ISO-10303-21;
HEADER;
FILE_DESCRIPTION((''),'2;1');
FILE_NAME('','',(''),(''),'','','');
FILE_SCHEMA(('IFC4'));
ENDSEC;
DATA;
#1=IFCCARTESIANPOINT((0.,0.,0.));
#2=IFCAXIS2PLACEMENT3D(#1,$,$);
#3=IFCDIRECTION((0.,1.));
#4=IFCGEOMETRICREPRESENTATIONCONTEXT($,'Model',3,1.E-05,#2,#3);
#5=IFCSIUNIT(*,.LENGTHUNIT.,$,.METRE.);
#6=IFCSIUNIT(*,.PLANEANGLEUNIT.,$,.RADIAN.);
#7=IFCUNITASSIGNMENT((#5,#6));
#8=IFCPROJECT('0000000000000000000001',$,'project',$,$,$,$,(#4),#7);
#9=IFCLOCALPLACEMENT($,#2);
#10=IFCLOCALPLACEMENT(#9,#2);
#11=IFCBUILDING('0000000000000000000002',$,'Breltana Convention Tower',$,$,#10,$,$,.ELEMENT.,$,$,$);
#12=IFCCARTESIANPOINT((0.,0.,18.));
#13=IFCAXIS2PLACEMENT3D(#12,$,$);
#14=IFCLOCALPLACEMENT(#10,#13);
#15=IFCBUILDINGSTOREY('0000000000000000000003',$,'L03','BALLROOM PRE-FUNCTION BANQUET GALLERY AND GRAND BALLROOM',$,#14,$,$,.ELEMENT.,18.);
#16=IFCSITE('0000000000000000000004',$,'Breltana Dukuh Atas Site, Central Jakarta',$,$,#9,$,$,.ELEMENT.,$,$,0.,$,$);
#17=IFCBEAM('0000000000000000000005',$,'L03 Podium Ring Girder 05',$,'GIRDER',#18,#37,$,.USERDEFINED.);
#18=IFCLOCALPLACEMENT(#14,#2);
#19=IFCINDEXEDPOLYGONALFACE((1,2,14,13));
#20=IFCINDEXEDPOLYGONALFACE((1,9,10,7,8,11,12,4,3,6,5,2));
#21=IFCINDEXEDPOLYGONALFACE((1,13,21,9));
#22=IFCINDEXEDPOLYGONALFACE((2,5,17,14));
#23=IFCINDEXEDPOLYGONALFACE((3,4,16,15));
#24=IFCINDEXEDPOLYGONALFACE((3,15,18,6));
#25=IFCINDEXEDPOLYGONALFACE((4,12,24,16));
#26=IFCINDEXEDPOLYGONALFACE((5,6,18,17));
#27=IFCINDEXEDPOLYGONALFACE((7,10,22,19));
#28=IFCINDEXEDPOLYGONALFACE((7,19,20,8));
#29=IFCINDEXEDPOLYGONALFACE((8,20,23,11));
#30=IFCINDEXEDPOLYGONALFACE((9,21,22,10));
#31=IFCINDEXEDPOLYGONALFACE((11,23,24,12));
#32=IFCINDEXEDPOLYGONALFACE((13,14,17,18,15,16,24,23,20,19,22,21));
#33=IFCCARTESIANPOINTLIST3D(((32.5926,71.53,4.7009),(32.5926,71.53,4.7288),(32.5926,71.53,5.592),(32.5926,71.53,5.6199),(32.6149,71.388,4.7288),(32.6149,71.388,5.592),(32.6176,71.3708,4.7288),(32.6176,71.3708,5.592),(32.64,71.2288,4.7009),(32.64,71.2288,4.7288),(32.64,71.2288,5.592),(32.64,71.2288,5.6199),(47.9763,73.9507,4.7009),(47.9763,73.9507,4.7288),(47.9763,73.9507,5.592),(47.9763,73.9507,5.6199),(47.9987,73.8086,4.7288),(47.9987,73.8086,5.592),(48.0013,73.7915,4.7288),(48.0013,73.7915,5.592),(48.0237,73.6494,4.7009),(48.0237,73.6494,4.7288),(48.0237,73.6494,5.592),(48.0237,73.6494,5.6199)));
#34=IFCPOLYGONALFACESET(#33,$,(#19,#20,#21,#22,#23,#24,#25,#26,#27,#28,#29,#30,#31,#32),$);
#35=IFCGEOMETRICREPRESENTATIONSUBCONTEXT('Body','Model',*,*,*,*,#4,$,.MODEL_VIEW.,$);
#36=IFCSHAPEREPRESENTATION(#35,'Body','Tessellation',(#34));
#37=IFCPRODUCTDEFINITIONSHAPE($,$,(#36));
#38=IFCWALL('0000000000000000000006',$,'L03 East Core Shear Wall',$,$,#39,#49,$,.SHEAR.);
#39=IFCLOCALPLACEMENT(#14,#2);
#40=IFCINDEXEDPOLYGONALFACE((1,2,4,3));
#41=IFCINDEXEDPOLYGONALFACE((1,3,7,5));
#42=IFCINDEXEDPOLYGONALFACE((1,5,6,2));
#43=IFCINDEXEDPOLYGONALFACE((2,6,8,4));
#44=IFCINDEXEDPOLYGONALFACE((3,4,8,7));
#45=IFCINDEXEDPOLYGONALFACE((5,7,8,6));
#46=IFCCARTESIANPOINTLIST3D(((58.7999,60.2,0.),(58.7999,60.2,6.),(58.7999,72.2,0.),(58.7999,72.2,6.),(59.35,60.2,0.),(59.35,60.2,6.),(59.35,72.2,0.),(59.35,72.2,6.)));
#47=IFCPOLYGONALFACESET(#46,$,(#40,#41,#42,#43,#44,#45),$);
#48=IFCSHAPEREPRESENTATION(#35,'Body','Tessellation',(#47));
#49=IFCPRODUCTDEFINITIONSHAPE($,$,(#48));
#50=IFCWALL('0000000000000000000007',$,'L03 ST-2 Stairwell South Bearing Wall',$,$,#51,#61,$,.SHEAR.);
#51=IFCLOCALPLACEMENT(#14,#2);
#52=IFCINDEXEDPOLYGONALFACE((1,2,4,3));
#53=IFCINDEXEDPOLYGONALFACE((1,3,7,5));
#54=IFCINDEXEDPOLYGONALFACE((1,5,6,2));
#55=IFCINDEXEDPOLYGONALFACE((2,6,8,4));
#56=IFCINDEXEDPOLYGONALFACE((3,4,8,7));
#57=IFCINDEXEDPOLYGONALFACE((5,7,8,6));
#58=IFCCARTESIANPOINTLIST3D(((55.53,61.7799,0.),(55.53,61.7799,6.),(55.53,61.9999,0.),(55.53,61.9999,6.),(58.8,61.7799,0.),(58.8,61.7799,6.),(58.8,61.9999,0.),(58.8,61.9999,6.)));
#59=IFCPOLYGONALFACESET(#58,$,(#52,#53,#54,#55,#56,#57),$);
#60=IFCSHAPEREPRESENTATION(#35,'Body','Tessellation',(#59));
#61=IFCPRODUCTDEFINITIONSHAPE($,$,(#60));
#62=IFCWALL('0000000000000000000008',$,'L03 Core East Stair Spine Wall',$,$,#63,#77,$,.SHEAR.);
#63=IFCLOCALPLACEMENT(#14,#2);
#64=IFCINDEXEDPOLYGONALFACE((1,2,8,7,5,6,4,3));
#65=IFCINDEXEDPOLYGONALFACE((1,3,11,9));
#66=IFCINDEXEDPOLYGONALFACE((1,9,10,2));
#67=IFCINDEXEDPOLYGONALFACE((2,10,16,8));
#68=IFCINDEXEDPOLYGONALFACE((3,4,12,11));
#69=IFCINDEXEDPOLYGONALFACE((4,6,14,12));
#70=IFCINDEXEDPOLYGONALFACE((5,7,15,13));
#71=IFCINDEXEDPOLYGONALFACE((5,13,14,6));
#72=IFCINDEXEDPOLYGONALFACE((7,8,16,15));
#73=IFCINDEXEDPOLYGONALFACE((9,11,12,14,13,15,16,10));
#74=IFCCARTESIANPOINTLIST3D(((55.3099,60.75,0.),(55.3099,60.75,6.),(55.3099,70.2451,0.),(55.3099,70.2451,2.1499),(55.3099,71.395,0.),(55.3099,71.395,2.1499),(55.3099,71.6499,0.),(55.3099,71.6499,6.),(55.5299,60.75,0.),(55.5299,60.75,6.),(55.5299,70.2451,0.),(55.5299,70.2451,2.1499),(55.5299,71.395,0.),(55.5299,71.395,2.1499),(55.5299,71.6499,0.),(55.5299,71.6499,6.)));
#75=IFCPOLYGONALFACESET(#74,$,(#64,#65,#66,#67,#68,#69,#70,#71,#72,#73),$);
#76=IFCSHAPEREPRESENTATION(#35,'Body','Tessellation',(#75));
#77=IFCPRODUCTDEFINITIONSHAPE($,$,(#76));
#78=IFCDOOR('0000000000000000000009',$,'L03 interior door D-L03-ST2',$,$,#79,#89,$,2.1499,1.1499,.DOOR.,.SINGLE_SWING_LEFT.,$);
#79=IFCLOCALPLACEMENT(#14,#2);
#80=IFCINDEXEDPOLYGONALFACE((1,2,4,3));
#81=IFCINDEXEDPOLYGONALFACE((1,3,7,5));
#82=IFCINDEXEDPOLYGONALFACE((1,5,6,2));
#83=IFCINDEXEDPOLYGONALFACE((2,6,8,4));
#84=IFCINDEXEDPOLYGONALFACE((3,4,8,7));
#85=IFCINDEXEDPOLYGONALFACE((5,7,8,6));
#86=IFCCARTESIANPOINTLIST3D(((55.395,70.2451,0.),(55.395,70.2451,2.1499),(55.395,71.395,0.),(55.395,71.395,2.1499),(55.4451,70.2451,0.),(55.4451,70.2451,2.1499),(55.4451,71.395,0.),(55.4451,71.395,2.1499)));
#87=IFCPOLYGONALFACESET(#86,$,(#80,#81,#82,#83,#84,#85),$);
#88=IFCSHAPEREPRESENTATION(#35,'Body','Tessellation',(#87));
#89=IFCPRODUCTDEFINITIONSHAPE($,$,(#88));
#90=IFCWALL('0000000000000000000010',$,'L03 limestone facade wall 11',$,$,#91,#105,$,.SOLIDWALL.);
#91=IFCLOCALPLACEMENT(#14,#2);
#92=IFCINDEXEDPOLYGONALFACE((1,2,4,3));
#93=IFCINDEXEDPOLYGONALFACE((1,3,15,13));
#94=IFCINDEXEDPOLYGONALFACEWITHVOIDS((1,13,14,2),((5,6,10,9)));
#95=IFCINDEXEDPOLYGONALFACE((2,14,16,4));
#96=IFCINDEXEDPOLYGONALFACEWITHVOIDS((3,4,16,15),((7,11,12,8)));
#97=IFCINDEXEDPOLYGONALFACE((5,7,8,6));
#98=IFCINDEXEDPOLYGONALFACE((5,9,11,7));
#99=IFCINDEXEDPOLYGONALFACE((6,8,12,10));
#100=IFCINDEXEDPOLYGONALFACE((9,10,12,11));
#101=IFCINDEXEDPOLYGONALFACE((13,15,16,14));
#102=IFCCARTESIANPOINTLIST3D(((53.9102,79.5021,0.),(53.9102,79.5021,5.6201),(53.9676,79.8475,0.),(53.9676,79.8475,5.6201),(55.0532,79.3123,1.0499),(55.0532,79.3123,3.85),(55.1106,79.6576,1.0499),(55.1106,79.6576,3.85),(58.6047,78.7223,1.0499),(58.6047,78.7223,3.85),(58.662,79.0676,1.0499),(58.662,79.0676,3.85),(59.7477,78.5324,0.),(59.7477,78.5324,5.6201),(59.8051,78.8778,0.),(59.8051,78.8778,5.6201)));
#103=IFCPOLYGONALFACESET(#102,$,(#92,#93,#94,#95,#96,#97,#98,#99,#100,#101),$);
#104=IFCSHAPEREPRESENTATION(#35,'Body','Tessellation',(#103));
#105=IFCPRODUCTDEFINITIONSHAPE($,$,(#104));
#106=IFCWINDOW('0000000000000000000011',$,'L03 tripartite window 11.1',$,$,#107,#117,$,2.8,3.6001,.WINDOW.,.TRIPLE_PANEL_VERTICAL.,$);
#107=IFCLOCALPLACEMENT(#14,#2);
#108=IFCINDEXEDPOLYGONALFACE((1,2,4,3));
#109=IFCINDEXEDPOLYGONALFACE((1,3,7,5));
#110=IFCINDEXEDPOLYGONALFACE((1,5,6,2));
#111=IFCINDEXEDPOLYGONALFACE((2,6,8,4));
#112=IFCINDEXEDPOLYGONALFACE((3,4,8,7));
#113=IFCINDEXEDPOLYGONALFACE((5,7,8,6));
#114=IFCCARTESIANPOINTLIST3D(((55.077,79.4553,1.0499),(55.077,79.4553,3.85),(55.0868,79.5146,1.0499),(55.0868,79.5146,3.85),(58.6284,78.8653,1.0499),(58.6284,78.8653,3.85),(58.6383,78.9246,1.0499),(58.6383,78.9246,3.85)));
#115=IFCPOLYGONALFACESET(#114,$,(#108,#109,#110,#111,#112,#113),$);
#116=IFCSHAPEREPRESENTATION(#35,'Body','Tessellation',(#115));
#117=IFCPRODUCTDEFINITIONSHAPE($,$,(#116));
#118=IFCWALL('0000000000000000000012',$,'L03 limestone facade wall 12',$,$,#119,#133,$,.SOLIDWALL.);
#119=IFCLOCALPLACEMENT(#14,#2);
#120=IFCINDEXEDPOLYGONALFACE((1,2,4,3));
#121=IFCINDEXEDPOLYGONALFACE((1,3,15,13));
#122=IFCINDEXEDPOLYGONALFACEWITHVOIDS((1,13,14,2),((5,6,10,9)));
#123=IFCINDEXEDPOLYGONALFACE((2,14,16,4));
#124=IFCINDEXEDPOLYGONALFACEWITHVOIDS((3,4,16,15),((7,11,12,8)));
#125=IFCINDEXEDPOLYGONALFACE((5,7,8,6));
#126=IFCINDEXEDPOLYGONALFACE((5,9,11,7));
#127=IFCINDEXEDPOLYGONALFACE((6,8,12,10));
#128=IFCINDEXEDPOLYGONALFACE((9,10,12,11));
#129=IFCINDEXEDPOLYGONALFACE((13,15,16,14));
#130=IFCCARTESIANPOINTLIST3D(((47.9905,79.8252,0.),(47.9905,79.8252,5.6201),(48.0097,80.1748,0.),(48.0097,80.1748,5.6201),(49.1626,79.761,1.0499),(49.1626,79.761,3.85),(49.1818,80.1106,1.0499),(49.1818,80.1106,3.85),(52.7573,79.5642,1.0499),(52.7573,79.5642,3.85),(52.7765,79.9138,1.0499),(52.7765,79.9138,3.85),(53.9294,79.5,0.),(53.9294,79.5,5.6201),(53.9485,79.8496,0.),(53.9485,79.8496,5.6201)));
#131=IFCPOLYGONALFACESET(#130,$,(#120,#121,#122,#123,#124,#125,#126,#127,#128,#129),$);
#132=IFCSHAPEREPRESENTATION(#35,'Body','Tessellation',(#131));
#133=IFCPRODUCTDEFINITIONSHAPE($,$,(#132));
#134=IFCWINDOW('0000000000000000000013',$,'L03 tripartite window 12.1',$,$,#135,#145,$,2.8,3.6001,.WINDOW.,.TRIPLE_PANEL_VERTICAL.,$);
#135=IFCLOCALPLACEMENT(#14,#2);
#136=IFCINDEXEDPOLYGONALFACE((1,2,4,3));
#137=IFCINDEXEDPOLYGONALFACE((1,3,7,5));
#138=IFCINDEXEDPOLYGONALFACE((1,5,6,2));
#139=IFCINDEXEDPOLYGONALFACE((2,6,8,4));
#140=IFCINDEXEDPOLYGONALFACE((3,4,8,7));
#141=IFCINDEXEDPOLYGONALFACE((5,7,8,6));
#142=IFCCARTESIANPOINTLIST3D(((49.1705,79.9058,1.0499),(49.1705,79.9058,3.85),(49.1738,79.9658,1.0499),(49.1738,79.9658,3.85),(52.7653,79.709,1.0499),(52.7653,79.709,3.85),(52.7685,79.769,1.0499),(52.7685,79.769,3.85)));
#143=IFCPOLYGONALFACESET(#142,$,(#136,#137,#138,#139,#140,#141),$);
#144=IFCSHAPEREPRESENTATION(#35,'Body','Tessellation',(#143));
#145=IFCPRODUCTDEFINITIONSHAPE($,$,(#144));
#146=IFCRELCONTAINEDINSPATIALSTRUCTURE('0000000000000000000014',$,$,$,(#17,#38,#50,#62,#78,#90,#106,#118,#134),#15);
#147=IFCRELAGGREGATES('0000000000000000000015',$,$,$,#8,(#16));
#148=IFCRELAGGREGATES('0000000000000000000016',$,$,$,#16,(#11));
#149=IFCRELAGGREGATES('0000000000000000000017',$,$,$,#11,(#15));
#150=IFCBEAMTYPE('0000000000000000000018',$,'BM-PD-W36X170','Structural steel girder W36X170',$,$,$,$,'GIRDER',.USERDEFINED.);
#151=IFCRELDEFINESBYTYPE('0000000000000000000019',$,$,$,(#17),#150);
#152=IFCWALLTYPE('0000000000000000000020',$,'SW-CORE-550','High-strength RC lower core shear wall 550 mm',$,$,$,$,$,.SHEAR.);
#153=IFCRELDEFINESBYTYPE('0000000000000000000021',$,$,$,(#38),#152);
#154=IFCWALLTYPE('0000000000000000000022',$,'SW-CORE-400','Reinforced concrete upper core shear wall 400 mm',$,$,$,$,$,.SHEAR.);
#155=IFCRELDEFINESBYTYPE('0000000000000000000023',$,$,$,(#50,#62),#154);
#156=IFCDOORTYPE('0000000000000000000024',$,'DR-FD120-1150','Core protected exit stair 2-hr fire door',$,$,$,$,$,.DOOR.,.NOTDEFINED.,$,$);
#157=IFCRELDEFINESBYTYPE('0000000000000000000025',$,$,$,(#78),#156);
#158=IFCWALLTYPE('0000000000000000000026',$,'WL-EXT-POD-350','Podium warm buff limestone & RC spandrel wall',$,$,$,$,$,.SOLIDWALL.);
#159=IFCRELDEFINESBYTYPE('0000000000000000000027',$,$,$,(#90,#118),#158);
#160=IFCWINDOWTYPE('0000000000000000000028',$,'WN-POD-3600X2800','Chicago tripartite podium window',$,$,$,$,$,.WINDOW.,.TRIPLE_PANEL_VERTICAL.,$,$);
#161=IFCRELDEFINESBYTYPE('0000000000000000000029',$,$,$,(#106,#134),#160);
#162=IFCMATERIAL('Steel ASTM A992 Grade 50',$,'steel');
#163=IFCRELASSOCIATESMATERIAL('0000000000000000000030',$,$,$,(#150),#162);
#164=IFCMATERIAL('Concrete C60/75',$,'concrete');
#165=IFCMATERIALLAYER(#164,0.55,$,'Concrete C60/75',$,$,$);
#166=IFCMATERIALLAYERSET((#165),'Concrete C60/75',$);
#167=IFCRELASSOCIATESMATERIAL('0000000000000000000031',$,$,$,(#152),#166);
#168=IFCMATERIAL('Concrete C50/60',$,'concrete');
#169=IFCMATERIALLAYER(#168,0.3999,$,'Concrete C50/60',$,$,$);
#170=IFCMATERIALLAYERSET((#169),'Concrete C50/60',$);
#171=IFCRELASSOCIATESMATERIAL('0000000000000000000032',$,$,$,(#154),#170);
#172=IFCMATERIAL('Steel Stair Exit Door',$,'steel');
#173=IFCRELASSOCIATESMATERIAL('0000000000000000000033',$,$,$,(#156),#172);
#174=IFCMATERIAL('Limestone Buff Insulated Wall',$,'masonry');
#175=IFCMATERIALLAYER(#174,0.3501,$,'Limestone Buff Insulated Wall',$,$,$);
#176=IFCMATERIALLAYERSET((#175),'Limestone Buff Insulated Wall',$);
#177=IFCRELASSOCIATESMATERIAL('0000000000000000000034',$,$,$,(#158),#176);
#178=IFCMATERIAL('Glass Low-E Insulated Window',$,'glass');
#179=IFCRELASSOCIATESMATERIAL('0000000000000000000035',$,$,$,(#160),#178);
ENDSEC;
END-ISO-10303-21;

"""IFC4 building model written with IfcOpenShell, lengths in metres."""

from ifc_helpers import new_model, si_unit, direction, frame, frame_2d, origin, origin_2d, place, context, subcontext, project, spatial, rectangle, i_section, extrude, source, transform, mapped, material, layer, layer_set, material_profile, profile_set, type_object, type_shapes, element, fill, save


model = new_model("IFC4")

# Units and contexts
model_context = context("Model", 3, precision=1e-05, world=origin(), true_north=direction((0.0, 1.0)))
body_context = subcontext(model_context, "Body", "Model", "MODEL_VIEW")
ifc_project = project(units=[si_unit("LENGTHUNIT", "METRE"), si_unit("PLANEANGLEUNIT", "RADIAN")], contexts=[model_context])

# Site, building, storey
site_placement = place(None, origin())
site = spatial("IfcSite", under=ifc_project, at=site_placement, Name="Breltana Dukuh Atas Site, Central Jakarta", CompositionType="ELEMENT", RefElevation=0.0)
building_placement = place(site_placement, origin())
building = spatial("IfcBuilding", under=site, at=building_placement, Name="Breltana Convention Tower", CompositionType="ELEMENT")
storey_placement = place(building_placement, frame((0.0, 0.0, 18.0)))
storey = spatial("IfcBuildingStorey", under=building, at=storey_placement, Name="L03", Description="BALLROOM PRE-FUNCTION BANQUET GALLERY AND GRAND BALLROOM", CompositionType="ELEMENT", Elevation=18.0)

# Beam
ifc_material_1 = material(Name="Steel ASTM A992 Grade 50", Category="steel")
ifc_material_profile = material_profile(ifc_material_1, i_section(OverallWidth=0.3049, OverallDepth=0.9189, WebThickness=0.0173, FlangeThickness=0.0278, at=origin_2d()), Name="W36X170")
ifc_profile_set = profile_set([ifc_material_profile], Name="Steel ASTM A992 Grade 50")
beam_type = type_object("IfcBeamType", Name="BM-PD-W36X170", Description="Structural steel girder W36X170", ElementType="GIRDER", PredefinedType="USERDEFINED", material=ifc_profile_set)
shared_shape_1 = source(origin(), body_context, "Body", "SweptSolid", [
    extrude(i_section(OverallWidth=0.3049, OverallDepth=0.9189, WebThickness=0.0173, FlangeThickness=0.0278, at=origin_2d()), origin(), (0.0, 0.0, 1.0), 15.573),
])
beam_placement = place(storey_placement, frame((48.0, 73.8, 5.1604), z_axis=(-0.987846, -0.155438, 0.0), x_axis=(0.155438, -0.987846, 0.0)))
element("IfcBeam", 1, at=beam_placement, inside=storey, type_object=beam_type, Name="L03 Podium Ring Girder 05", ObjectType="GIRDER", PredefinedType="USERDEFINED", context=body_context, shape_type="MappedRepresentation", body=[
    mapped(shared_shape_1, transform((0.0, 0.0, 0.0), scale=1.0)),
])

# Walls
ifc_material_2 = material(Name="Concrete C60/75", Category="concrete")
ifc_layer_1 = layer(ifc_material_2, 0.55, Name="Concrete C60/75")
ifc_layer_set_1 = layer_set([ifc_layer_1], Name="Concrete C60/75")
wall_type_1 = type_object("IfcWallType", Name="SW-CORE-550", Description="High-strength RC lower core shear wall 550 mm", PredefinedType="SHEAR", material=ifc_layer_set_1)
shared_shape_2 = source(origin(), body_context, "Body", "SweptSolid", [
    extrude(rectangle(XDim=12.0, YDim=0.55, at=frame_2d((6.0, 0.0))), origin(), (0.0, 0.0, 1.0), 6.0),
])
wall_1_placement = place(storey_placement, frame((59.075, 60.2, 0.0), z_axis=(0.0, 0.0, 1.0), x_axis=(0.0, 1.0, 0.0)))
element("IfcWall", 2, at=wall_1_placement, inside=storey, type_object=wall_type_1, Name="L03 East Core Shear Wall", PredefinedType="SHEAR", context=body_context, shape_type="MappedRepresentation", body=[
    mapped(shared_shape_2, transform((0.0, 0.0, 0.0), scale=1.0)),
])
ifc_material_3 = material(Name="Concrete C50/60", Category="concrete")
ifc_layer_2 = layer(ifc_material_3, 0.3999, Name="Concrete C50/60")
ifc_layer_set_2 = layer_set([ifc_layer_2], Name="Concrete C50/60")
wall_type_2 = type_object("IfcWallType", Name="SW-CORE-400", Description="Reinforced concrete upper core shear wall 400 mm", PredefinedType="SHEAR", material=ifc_layer_set_2)
shared_shape_3 = source(origin(), body_context, "Body", "SweptSolid", [
    extrude(rectangle(XDim=3.27, YDim=0.22, at=frame_2d((1.635, 0.0))), origin(), (0.0, 0.0, 1.0), 6.0),
])
wall_2_placement = place(storey_placement, frame((55.53, 61.8899, 0.0), z_axis=(0.0, 0.0, 1.0), x_axis=(1.0, 0.0, 0.0)))
element("IfcWall", 3, at=wall_2_placement, inside=storey, type_object=wall_type_2, Name="L03 ST-2 Stairwell South Bearing Wall", PredefinedType="SHEAR", context=body_context, shape_type="MappedRepresentation", body=[
    mapped(shared_shape_3, transform((0.0, 0.0, 0.0), scale=1.0)),
])

# Wall, opening, door
shared_shape_4 = source(origin(), body_context, "Body", "SweptSolid", [
    extrude(rectangle(XDim=10.8999, YDim=0.22, at=frame_2d((5.45, 0.0))), origin(), (0.0, 0.0, 1.0), 6.0),
])
wall_3_placement = place(storey_placement, frame((55.4199, 60.75, 0.0), z_axis=(0.0, 0.0, 1.0), x_axis=(0.0, 1.0, 0.0)))
wall_3 = element("IfcWall", 4, at=wall_3_placement, inside=storey, type_object=wall_type_2, Name="L03 Core East Stair Spine Wall", PredefinedType="SHEAR", context=body_context, shape_type="MappedRepresentation", body=[
    mapped(shared_shape_4, transform((0.0, 0.0, 0.0), scale=1.0)),
])
opening_1_placement = place(wall_3_placement, frame((9.4951, 0.0, 0.0)))
opening_1 = element("IfcOpeningElement", 5, at=opening_1_placement, cuts=wall_3, PredefinedType="OPENING", context=body_context, shape_type="SweptSolid", body=[
    extrude(rectangle(XDim=1.1499, YDim=2.1499, at=frame_2d((0.575, 1.075))), frame((0.0, 0.1201, 0.0), z_axis=(0.0, -1.0, 0.0), x_axis=(1.0, 0.0, 0.0)), (0.0, 0.0, 1.0), 0.24),
])
ifc_material_4 = material(Name="Steel Stair Exit Door", Category="steel")
door_type_1 = type_object("IfcDoorType", Name="DR-FD120-1150", Description="Core protected exit stair 2-hr fire door", OperationType="NOTDEFINED", PredefinedType="DOOR", material=ifc_material_4)
shared_shape_5 = source(origin(), body_context, "Body", "SweptSolid", [
    extrude(rectangle(XDim=1.1499, YDim=2.1499, at=frame_2d((0.575, 1.075))), frame((0.0, 0.0249, 0.0), z_axis=(0.0, -1.0, 0.0), x_axis=(1.0, 0.0, 0.0)), (0.0, 0.0, 1.0), 0.05),
])
type_shapes(door_type_1, [shared_shape_5])
door_1_placement = place(opening_1_placement, origin())
door_1 = element("IfcDoor", 6, at=door_1_placement, inside=storey, type_object=door_type_1, Name="L03 interior door D-L03-ST2", OperationType="SINGLE_SWING_LEFT", OverallHeight=2.1499, OverallWidth=1.1499, PredefinedType="DOOR", context=body_context, shape_type="MappedRepresentation", body=[
    mapped(shared_shape_5, transform((0.0, 0.0, 0.0), scale=1.0)),
])
fill(opening_1, door_1)

# Walls, openings, windows
ifc_material_5 = material(Name="Limestone Buff Insulated Wall", Category="masonry")
ifc_layer_3 = layer(ifc_material_5, 0.3501, Name="Limestone Buff Insulated Wall")
ifc_layer_set_3 = layer_set([ifc_layer_3], Name="Limestone Buff Insulated Wall")
wall_type_3 = type_object("IfcWallType", Name="WL-EXT-POD-350", Description="Podium warm buff limestone & RC spandrel wall", PredefinedType="SOLIDWALL", material=ifc_layer_set_3)
shared_shape_6 = source(origin(), body_context, "Body", "SweptSolid", [
    extrude(rectangle(XDim=5.9175, YDim=0.3501, at=frame_2d((2.9587, 0.0))), origin(), (0.0, 0.0, 1.0), 5.6201),
])
wall_4_placement = place(storey_placement, frame((59.7764, 78.7051, 0.0), z_axis=(0.0, 0.0, 1.0), x_axis=(-0.986481, 0.163877, 0.0)))
wall_4 = element("IfcWall", 7, at=wall_4_placement, inside=storey, type_object=wall_type_3, Name="L03 limestone facade wall 11", PredefinedType="SOLIDWALL", context=body_context, shape_type="MappedRepresentation", body=[
    mapped(shared_shape_6, transform((0.0, 0.0, 0.0), scale=1.0)),
])
opening_2_placement = place(wall_4_placement, frame((1.1587, 0.0, 1.05)))
opening_2 = element("IfcOpeningElement", 8, at=opening_2_placement, cuts=wall_4, PredefinedType="OPENING", context=body_context, shape_type="SweptSolid", body=[
    extrude(rectangle(XDim=3.6001, YDim=2.8, at=frame_2d((1.8, 1.3999))), frame((0.0, 0.1851, 0.0), z_axis=(0.0, -1.0, 0.0), x_axis=(1.0, 0.0, 0.0)), (0.0, 0.0, 1.0), 0.3701),
])
ifc_material_6 = material(Name="Glass Low-E Insulated Window", Category="glass")
window_type = type_object("IfcWindowType", Name="WN-POD-3600X2800", Description="Chicago tripartite podium window", PartitioningType="TRIPLE_PANEL_VERTICAL", PredefinedType="WINDOW", material=ifc_material_6)
shared_shape_7 = source(origin(), body_context, "Body", "SweptSolid", [
    extrude(rectangle(XDim=3.6001, YDim=2.8, at=frame_2d((1.8, 1.3999))), frame((0.0, 0.03, 0.0), z_axis=(0.0, -1.0, 0.0), x_axis=(1.0, 0.0, 0.0)), (0.0, 0.0, 1.0), 0.0601),
])
type_shapes(window_type, [shared_shape_7])
window_1_placement = place(opening_2_placement, origin())
window_1 = element("IfcWindow", 9, at=window_1_placement, inside=storey, type_object=window_type, Name="L03 tripartite window 11.1", OverallHeight=2.8, OverallWidth=3.6001, PartitioningType="TRIPLE_PANEL_VERTICAL", PredefinedType="WINDOW", context=body_context, shape_type="MappedRepresentation", body=[
    mapped(shared_shape_7, transform((0.0, 0.0, 0.0), scale=1.0)),
])
fill(opening_2, window_1)
shared_shape_8 = source(origin(), body_context, "Body", "SweptSolid", [
    extrude(rectangle(XDim=5.9478, YDim=0.3501, at=frame_2d((2.9739, 0.0))), origin(), (0.0, 0.0, 1.0), 5.6201),
])
wall_5_placement = place(storey_placement, frame((53.939, 79.6748, 0.0), z_axis=(0.0, 0.0, 1.0), x_axis=(-0.998504, 0.054674, 0.0)))
wall_5 = element("IfcWall", 10, at=wall_5_placement, inside=storey, type_object=wall_type_3, Name="L03 limestone facade wall 12", PredefinedType="SOLIDWALL", context=body_context, shape_type="MappedRepresentation", body=[
    mapped(shared_shape_8, transform((0.0, 0.0, 0.0), scale=1.0)),
])
opening_3_placement = place(wall_5_placement, frame((1.1738, 0.0, 1.05)))
opening_3 = element("IfcOpeningElement", 11, at=opening_3_placement, cuts=wall_5, PredefinedType="OPENING", context=body_context, shape_type="SweptSolid", body=[
    extrude(rectangle(XDim=3.6001, YDim=2.8, at=frame_2d((1.8, 1.3999))), frame((0.0, 0.1851, 0.0), z_axis=(0.0, -1.0, 0.0), x_axis=(1.0, 0.0, 0.0)), (0.0, 0.0, 1.0), 0.3701),
])
window_2_placement = place(opening_3_placement, origin())
window_2 = element("IfcWindow", 12, at=window_2_placement, inside=storey, type_object=window_type, Name="L03 tripartite window 12.1", OverallHeight=2.8, OverallWidth=3.6001, PartitioningType="TRIPLE_PANEL_VERTICAL", PredefinedType="WINDOW", context=body_context, shape_type="MappedRepresentation", body=[
    mapped(shared_shape_7, transform((0.0, 0.0, 0.0), scale=1.0)),
])
fill(opening_3, window_2)

save(model, "model.ifc")
